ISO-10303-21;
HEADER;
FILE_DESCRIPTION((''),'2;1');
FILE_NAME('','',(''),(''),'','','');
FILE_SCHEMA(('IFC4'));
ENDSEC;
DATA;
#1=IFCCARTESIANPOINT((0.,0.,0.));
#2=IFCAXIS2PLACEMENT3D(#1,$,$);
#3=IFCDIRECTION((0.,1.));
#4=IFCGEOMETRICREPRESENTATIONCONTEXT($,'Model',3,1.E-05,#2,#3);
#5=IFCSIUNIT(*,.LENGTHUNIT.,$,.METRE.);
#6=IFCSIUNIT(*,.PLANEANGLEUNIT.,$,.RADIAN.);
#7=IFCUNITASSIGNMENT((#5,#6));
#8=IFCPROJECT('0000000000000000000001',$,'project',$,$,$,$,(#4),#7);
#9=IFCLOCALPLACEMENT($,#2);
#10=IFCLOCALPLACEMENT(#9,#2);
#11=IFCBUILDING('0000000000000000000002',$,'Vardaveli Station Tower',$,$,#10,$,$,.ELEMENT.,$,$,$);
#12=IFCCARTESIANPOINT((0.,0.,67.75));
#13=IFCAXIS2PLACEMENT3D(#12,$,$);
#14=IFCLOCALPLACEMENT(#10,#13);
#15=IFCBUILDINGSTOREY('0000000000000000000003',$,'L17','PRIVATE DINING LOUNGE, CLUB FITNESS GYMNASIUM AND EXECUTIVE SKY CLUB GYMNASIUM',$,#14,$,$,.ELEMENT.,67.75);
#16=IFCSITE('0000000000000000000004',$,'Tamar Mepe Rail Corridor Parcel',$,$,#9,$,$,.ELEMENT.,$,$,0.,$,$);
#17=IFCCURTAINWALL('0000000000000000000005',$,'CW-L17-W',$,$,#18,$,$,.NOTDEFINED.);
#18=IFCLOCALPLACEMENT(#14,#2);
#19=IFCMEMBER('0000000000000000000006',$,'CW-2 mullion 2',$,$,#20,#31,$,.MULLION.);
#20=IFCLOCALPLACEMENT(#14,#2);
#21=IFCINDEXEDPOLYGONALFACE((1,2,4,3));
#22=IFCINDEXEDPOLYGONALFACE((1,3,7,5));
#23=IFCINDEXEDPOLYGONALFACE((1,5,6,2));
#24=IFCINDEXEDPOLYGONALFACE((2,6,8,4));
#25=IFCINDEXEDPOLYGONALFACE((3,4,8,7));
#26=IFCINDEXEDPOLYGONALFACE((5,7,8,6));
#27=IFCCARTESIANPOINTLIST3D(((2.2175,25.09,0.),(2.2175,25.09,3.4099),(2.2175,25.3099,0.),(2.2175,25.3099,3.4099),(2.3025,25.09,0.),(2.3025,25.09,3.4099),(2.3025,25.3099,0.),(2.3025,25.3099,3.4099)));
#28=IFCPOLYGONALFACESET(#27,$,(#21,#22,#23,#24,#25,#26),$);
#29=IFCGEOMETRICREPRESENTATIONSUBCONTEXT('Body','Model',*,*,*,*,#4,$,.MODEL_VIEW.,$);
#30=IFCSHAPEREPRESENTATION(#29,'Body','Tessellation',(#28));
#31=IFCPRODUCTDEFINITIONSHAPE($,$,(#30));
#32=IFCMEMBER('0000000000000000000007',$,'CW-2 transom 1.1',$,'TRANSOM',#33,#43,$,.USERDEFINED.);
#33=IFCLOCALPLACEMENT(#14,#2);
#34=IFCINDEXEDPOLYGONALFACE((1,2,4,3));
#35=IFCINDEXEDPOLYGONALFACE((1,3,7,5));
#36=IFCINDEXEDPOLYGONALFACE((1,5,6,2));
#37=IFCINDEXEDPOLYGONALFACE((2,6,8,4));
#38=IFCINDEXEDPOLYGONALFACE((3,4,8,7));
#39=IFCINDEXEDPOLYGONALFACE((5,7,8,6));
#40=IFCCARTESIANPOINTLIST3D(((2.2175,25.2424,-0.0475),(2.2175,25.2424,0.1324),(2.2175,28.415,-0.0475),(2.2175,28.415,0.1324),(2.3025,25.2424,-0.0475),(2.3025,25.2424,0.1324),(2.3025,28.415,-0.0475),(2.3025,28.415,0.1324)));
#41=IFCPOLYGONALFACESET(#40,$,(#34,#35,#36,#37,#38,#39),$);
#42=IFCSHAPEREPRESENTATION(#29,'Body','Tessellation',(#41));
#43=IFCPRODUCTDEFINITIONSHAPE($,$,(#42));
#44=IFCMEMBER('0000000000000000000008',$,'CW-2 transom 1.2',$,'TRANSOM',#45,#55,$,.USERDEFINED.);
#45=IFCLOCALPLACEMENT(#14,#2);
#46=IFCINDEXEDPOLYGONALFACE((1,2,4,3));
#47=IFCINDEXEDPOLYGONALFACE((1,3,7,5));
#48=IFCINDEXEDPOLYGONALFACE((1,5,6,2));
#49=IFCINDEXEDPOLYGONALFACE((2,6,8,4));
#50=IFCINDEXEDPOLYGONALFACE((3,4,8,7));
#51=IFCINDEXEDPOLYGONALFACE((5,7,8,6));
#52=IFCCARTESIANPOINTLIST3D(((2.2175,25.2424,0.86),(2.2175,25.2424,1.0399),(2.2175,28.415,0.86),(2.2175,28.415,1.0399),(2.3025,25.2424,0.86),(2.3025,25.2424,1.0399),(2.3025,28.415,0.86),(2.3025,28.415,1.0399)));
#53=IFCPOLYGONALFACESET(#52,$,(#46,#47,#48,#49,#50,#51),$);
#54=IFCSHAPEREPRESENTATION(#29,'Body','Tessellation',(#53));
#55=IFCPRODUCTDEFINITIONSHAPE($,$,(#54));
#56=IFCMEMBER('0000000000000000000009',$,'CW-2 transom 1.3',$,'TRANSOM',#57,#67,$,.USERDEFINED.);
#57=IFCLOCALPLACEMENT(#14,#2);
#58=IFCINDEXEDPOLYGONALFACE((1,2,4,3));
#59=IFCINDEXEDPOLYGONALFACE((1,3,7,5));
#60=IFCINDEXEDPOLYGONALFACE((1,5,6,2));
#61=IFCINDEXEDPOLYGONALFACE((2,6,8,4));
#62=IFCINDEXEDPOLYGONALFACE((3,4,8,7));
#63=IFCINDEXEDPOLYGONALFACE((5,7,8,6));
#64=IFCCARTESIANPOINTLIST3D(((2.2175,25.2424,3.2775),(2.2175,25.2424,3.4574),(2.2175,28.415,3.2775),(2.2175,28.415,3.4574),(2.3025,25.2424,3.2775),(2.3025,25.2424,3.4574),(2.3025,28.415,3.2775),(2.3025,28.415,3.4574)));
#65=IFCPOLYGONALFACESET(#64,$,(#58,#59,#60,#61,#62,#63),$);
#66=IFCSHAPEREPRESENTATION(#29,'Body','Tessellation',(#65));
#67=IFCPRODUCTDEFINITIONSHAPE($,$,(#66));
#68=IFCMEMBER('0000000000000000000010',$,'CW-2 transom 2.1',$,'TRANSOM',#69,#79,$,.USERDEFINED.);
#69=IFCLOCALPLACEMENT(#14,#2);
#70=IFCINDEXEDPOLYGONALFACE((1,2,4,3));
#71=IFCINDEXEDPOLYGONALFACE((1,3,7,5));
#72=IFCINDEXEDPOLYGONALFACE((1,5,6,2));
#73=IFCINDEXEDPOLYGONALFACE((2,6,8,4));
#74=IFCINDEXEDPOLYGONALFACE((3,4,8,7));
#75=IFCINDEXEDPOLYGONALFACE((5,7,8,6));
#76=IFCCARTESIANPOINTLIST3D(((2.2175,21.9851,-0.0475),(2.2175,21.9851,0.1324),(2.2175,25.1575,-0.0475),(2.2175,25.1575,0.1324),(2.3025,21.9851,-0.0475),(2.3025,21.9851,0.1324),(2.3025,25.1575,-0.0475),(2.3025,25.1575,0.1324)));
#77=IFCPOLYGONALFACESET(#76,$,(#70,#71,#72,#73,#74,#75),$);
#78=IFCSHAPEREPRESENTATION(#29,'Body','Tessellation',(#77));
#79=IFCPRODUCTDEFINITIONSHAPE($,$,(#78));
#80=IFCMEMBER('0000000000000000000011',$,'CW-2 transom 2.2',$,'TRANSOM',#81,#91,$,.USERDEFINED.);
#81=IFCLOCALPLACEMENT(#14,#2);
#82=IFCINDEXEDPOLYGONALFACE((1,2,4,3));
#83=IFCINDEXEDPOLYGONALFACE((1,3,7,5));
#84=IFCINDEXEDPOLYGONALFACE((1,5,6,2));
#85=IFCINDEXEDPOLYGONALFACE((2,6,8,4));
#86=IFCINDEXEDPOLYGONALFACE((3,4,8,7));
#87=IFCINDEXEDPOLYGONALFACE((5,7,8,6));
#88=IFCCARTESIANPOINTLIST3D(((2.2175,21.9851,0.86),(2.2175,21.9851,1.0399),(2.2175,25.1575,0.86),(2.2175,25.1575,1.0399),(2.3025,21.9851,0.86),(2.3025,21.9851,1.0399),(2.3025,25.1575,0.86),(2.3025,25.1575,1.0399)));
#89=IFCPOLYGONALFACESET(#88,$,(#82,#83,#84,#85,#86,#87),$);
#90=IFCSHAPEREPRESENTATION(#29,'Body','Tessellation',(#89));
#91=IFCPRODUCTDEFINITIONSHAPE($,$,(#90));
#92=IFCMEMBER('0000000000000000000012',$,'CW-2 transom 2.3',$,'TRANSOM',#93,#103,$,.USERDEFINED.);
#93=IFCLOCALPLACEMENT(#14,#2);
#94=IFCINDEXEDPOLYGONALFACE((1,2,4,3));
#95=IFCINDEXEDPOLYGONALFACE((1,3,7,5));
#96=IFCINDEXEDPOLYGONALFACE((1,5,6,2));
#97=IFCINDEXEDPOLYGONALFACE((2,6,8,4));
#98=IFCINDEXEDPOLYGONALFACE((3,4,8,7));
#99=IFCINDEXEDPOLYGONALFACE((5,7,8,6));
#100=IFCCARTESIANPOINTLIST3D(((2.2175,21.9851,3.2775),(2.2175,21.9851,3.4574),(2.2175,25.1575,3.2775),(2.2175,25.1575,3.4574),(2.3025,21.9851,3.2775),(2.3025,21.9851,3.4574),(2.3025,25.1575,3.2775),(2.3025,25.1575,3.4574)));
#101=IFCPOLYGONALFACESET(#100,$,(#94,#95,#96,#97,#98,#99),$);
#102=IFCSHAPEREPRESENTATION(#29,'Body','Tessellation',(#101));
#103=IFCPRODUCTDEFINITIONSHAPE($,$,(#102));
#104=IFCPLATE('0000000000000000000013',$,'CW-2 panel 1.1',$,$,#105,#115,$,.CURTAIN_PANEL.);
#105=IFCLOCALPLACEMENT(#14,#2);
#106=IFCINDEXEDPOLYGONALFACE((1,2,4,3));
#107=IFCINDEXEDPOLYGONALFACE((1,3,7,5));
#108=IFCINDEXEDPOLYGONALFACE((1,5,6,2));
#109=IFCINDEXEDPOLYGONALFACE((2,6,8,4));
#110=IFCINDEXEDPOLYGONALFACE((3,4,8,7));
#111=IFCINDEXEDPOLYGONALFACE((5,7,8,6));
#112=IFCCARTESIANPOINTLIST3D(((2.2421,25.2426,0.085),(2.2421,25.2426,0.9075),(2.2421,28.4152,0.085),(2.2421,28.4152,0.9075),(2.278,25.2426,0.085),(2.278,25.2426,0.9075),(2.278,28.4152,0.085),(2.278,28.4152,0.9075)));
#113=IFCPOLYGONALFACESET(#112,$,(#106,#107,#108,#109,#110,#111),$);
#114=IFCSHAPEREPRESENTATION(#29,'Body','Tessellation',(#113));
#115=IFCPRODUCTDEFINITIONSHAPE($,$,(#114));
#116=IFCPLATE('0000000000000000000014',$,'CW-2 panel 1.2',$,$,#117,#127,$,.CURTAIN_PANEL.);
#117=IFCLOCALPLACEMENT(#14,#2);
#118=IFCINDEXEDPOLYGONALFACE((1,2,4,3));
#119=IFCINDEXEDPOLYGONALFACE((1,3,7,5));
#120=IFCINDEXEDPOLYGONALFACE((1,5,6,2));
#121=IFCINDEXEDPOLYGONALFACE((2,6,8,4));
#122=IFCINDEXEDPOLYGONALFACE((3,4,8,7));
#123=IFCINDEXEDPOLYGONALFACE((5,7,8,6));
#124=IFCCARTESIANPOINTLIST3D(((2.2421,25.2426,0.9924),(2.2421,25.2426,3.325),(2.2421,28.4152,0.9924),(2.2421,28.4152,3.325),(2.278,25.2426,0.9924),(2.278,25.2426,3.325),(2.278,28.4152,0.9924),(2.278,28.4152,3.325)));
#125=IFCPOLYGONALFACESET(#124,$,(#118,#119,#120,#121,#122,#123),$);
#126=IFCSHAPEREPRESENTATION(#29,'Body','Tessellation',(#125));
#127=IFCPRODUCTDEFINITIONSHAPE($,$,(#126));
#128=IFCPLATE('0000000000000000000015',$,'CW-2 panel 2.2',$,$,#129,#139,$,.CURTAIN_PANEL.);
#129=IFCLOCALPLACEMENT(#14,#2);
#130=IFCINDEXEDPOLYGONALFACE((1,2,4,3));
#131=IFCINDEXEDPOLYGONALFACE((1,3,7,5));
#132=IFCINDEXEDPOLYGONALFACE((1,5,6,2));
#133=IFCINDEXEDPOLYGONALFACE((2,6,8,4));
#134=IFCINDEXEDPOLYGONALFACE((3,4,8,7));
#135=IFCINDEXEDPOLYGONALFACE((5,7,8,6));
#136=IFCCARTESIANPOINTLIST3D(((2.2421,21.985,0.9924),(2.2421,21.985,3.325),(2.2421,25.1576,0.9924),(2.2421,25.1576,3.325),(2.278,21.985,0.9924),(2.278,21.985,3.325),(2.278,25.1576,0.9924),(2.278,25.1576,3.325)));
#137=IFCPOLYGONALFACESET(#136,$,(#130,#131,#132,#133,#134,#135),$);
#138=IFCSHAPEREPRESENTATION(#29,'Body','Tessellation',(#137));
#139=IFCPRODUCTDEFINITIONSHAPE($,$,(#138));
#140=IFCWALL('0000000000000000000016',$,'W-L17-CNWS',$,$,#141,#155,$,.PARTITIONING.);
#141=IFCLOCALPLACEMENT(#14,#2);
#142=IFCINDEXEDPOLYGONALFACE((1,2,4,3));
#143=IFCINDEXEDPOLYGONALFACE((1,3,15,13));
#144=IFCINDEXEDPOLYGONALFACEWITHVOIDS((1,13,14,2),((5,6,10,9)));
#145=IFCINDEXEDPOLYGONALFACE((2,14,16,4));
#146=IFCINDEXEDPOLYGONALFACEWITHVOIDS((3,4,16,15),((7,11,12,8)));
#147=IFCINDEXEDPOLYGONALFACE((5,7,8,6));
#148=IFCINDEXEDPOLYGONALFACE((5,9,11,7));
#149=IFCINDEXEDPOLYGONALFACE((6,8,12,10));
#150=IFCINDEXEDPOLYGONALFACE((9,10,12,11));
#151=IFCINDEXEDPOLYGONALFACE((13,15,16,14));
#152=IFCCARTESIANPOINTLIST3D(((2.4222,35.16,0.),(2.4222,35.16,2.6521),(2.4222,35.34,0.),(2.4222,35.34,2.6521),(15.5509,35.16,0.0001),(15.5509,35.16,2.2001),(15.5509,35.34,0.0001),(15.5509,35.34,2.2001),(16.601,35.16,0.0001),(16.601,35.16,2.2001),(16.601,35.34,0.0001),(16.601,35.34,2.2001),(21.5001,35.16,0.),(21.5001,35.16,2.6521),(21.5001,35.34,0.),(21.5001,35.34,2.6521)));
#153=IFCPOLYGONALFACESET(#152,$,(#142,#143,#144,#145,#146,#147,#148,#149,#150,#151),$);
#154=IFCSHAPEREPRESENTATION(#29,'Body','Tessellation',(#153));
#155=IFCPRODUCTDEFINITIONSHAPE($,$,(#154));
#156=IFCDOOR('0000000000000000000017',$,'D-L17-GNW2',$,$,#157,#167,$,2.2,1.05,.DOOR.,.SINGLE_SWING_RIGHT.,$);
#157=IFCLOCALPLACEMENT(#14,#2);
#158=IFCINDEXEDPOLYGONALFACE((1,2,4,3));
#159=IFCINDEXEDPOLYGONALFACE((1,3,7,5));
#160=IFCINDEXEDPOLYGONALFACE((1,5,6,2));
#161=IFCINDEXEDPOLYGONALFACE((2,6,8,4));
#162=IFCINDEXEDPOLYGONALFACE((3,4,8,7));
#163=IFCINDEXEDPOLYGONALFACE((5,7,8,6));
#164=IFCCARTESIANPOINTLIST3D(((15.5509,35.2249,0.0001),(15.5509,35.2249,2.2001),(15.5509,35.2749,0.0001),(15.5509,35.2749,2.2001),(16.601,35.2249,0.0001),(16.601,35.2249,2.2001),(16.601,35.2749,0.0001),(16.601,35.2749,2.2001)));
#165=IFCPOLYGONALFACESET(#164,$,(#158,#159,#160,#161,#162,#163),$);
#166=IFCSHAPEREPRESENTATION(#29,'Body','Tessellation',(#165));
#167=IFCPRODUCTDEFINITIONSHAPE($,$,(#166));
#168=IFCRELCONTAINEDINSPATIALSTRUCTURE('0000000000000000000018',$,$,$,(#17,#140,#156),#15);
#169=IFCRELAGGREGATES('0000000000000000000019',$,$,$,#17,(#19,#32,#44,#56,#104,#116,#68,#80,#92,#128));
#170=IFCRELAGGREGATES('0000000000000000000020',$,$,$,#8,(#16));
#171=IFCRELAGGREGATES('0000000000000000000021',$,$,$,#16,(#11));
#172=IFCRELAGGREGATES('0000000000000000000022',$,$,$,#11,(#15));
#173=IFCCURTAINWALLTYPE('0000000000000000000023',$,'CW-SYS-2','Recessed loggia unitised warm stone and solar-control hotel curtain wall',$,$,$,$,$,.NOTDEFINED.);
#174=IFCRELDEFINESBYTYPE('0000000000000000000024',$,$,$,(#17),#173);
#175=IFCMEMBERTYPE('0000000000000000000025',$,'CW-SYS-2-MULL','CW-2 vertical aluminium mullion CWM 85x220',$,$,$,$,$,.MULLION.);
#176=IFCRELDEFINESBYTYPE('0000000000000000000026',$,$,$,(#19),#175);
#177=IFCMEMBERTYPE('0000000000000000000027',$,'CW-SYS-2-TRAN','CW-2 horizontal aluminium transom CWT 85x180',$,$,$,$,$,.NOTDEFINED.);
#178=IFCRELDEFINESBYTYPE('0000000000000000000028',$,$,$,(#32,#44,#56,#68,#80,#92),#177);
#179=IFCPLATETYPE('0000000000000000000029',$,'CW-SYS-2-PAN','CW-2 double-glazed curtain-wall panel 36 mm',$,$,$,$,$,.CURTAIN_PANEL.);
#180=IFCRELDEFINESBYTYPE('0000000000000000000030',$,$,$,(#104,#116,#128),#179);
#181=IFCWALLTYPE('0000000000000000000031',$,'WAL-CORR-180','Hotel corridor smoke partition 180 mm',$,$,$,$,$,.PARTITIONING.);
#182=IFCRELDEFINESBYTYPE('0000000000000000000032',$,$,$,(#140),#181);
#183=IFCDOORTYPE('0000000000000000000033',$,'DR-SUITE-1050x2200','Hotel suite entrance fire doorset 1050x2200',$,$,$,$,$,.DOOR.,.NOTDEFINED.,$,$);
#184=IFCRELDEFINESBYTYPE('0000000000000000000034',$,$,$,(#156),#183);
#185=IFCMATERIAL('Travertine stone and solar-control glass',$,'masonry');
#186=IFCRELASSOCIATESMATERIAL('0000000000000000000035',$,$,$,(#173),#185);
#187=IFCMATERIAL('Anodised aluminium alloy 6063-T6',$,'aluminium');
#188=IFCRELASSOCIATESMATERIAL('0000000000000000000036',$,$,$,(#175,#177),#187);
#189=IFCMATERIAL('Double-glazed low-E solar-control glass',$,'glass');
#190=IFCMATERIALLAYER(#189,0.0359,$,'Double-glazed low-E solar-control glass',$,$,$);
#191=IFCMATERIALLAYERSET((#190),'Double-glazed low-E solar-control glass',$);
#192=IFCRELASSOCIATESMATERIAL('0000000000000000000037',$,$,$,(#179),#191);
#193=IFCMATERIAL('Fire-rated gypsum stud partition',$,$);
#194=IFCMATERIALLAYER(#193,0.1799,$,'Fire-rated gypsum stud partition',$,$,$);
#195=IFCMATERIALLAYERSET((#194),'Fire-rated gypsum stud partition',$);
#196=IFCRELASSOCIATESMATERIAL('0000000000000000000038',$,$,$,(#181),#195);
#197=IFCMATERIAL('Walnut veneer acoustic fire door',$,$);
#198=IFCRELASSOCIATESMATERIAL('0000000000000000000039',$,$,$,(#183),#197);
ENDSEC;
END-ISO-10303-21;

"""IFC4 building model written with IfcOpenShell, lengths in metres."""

from ifc_helpers import new_model, si_unit, direction, frame, frame_2d, origin, origin_2d, place, context, subcontext, project, spatial, rectangle, extrude, source, transform, mapped, material, layer, layer_set, material_profile, profile_set, type_object, element, fill, aggregate, save


model = new_model("IFC4")

# Units and contexts
model_context = context("Model", 3, precision=1e-05, world=origin(), true_north=direction((0.0, 1.0)))
body_context = subcontext(model_context, "Body", "Model", "MODEL_VIEW")
ifc_project = project(units=[si_unit("LENGTHUNIT", "METRE"), si_unit("PLANEANGLEUNIT", "RADIAN")], contexts=[model_context])

# Site, building, storey
site_placement = place(None, origin())
site = spatial("IfcSite", under=ifc_project, at=site_placement, Name="Tamar Mepe Rail Corridor Parcel", CompositionType="ELEMENT", RefElevation=0.0)
building_placement = place(site_placement, origin())
building = spatial("IfcBuilding", under=site, at=building_placement, Name="Vardaveli Station Tower", CompositionType="ELEMENT")
storey_placement = place(building_placement, frame((0.0, 0.0, 67.75)))
storey = spatial("IfcBuildingStorey", under=building, at=storey_placement, Name="L17", Description="PRIVATE DINING LOUNGE, CLUB FITNESS GYMNASIUM AND EXECUTIVE SKY CLUB GYMNASIUM", CompositionType="ELEMENT", Elevation=67.75)

# Curtain wall, members, plates
ifc_material_1 = material(Name="Travertine stone and solar-control glass", Category="masonry")
curtain_wall_type = type_object("IfcCurtainWallType", Name="CW-SYS-2", Description="Recessed loggia unitised warm stone and solar-control hotel curtain wall", PredefinedType="NOTDEFINED", material=ifc_material_1)
curtain_wall_placement = place(storey_placement, origin())
curtain_wall = element("IfcCurtainWall", 1, at=curtain_wall_placement, inside=storey, type_object=curtain_wall_type, Name="CW-L17-W", PredefinedType="NOTDEFINED")
ifc_material_2 = material(Name="Anodised aluminium alloy 6063-T6", Category="aluminium")
ifc_material_profile_1 = material_profile(ifc_material_2, rectangle(XDim=0.085, YDim=0.22, at=origin_2d()), Name="CWM 85x220")
ifc_profile_set_1 = profile_set([ifc_material_profile_1], Name="Anodised aluminium alloy 6063-T6")
member_type_1 = type_object("IfcMemberType", Name="CW-SYS-2-MULL", Description="CW-2 vertical aluminium mullion CWM 85x220", PredefinedType="MULLION", material=ifc_profile_set_1)
shared_shape_1 = source(origin(), body_context, "Body", "SweptSolid", [
    extrude(rectangle(XDim=0.085, YDim=0.22, at=origin_2d()), origin(), (0.0, 0.0, 1.0), 3.4099),
])
member_1_placement = place(storey_placement, frame((2.26, 25.2, 0.0), z_axis=(0.0, 0.0, 1.0), x_axis=(1.0, 0.0, 0.0)))
member_1 = element("IfcMember", 2, at=member_1_placement, type_object=member_type_1, Name="CW-2 mullion 2", PredefinedType="MULLION", context=body_context, shape_type="MappedRepresentation", body=[
    mapped(shared_shape_1, transform((0.0, 0.0, 0.0), scale=1.0)),
])
ifc_material_profile_2 = material_profile(ifc_material_2, rectangle(XDim=0.085, YDim=0.1799, at=origin_2d()), Name="CWT 85x180")
ifc_profile_set_2 = profile_set([ifc_material_profile_2], Name="Anodised aluminium alloy 6063-T6")
member_type_2 = type_object("IfcMemberType", Name="CW-SYS-2-TRAN", Description="CW-2 horizontal aluminium transom CWT 85x180", PredefinedType="NOTDEFINED", material=ifc_profile_set_2)
shared_shape_2 = source(origin(), body_context, "Body", "SweptSolid", [
    extrude(rectangle(XDim=0.085, YDim=0.1799, at=origin_2d()), origin(), (0.0, 0.0, 1.0), 3.1726),
])
member_2_placement = place(storey_placement, frame((2.26, 28.415, 0.0425), z_axis=(0.0, -1.0, 0.0), x_axis=(1.0, 0.0, 0.0)))
member_2 = element("IfcMember", 3, at=member_2_placement, type_object=member_type_2, Name="CW-2 transom 1.1", ObjectType="TRANSOM", PredefinedType="USERDEFINED", context=body_context, shape_type="MappedRepresentation", body=[
    mapped(shared_shape_2, transform((0.0, 0.0, 0.0), scale=1.0)),
])
member_3_placement = place(storey_placement, frame((2.26, 28.415, 0.95), z_axis=(0.0, -1.0, 0.0), x_axis=(1.0, 0.0, 0.0)))
member_3 = element("IfcMember", 4, at=member_3_placement, type_object=member_type_2, Name="CW-2 transom 1.2", ObjectType="TRANSOM", PredefinedType="USERDEFINED", context=body_context, shape_type="MappedRepresentation", body=[
    mapped(shared_shape_2, transform((0.0, 0.0, 0.0), scale=1.0)),
])
member_4_placement = place(storey_placement, frame((2.26, 28.415, 3.3674), z_axis=(0.0, -1.0, 0.0), x_axis=(1.0, 0.0, 0.0)))
member_4 = element("IfcMember", 5, at=member_4_placement, type_object=member_type_2, Name="CW-2 transom 1.3", ObjectType="TRANSOM", PredefinedType="USERDEFINED", context=body_context, shape_type="MappedRepresentation", body=[
    mapped(shared_shape_2, transform((0.0, 0.0, 0.0), scale=1.0)),
])
shared_shape_3 = source(origin(), body_context, "Body", "SweptSolid", [
    extrude(rectangle(XDim=0.085, YDim=0.1799, at=origin_2d()), origin(), (0.0, 0.0, 1.0), 3.1724),
])
member_5_placement = place(storey_placement, frame((2.26, 25.1575, 0.0425), z_axis=(0.0, -1.0, 0.0), x_axis=(1.0, 0.0, 0.0)))
member_5 = element("IfcMember", 6, at=member_5_placement, type_object=member_type_2, Name="CW-2 transom 2.1", ObjectType="TRANSOM", PredefinedType="USERDEFINED", context=body_context, shape_type="MappedRepresentation", body=[
    mapped(shared_shape_3, transform((0.0, 0.0, 0.0), scale=1.0)),
])
member_6_placement = place(storey_placement, frame((2.26, 25.1575, 0.95), z_axis=(0.0, -1.0, 0.0), x_axis=(1.0, 0.0, 0.0)))
member_6 = element("IfcMember", 7, at=member_6_placement, type_object=member_type_2, Name="CW-2 transom 2.2", ObjectType="TRANSOM", PredefinedType="USERDEFINED", context=body_context, shape_type="MappedRepresentation", body=[
    mapped(shared_shape_3, transform((0.0, 0.0, 0.0), scale=1.0)),
])
member_7_placement = place(storey_placement, frame((2.26, 25.1575, 3.3674), z_axis=(0.0, -1.0, 0.0), x_axis=(1.0, 0.0, 0.0)))
member_7 = element("IfcMember", 8, at=member_7_placement, type_object=member_type_2, Name="CW-2 transom 2.3", ObjectType="TRANSOM", PredefinedType="USERDEFINED", context=body_context, shape_type="MappedRepresentation", body=[
    mapped(shared_shape_3, transform((0.0, 0.0, 0.0), scale=1.0)),
])
ifc_material_3 = material(Name="Double-glazed low-E solar-control glass", Category="glass")
ifc_layer_1 = layer(ifc_material_3, 0.0359, Name="Double-glazed low-E solar-control glass")
ifc_layer_set_1 = layer_set([ifc_layer_1], Name="Double-glazed low-E solar-control glass")
plate_type = type_object("IfcPlateType", Name="CW-SYS-2-PAN", Description="CW-2 double-glazed curtain-wall panel 36 mm", PredefinedType="CURTAIN_PANEL", material=ifc_layer_set_1)
shared_shape_4 = source(origin(), body_context, "Body", "SweptSolid", [
    extrude(rectangle(XDim=3.1726, YDim=0.0359, at=origin_2d()), origin(), (0.0, 0.0, 1.0), 0.8225),
])
plate_1_placement = place(storey_placement, frame((2.26, 26.8289, 0.085), z_axis=(0.0, 0.0, 1.0), x_axis=(0.0, -1.0, 0.0)))
plate_1 = element("IfcPlate", 9, at=plate_1_placement, type_object=plate_type, Name="CW-2 panel 1.1", PredefinedType="CURTAIN_PANEL", context=body_context, shape_type="MappedRepresentation", body=[
    mapped(shared_shape_4, transform((0.0, 0.0, 0.0), scale=1.0)),
])
shared_shape_5 = source(origin(), body_context, "Body", "SweptSolid", [
    extrude(rectangle(XDim=3.1726, YDim=0.0359, at=origin_2d()), origin(), (0.0, 0.0, 1.0), 2.3325),
])
plate_2_placement = place(storey_placement, frame((2.26, 26.8289, 0.9924), z_axis=(0.0, 0.0, 1.0), x_axis=(0.0, -1.0, 0.0)))
plate_2 = element("IfcPlate", 10, at=plate_2_placement, type_object=plate_type, Name="CW-2 panel 1.2", PredefinedType="CURTAIN_PANEL", context=body_context, shape_type="MappedRepresentation", body=[
    mapped(shared_shape_5, transform((0.0, 0.0, 0.0), scale=1.0)),
])
plate_3_placement = place(storey_placement, frame((2.26, 23.5713, 0.9924), z_axis=(0.0, 0.0, 1.0), x_axis=(0.0, -1.0, 0.0)))
plate_3 = element("IfcPlate", 11, at=plate_3_placement, type_object=plate_type, Name="CW-2 panel 2.2", PredefinedType="CURTAIN_PANEL", context=body_context, shape_type="MappedRepresentation", body=[
    mapped(shared_shape_5, transform((0.0, 0.0, 0.0), scale=1.0)),
])
aggregate(curtain_wall, [member_1, member_2, member_3, member_4, plate_1, plate_2, member_5, member_6, member_7, plate_3])

# Wall, opening, door
ifc_material_4 = material(Name="Fire-rated gypsum stud partition")
ifc_layer_2 = layer(ifc_material_4, 0.1799, Name="Fire-rated gypsum stud partition")
ifc_layer_set_2 = layer_set([ifc_layer_2], Name="Fire-rated gypsum stud partition")
wall_type_1 = type_object("IfcWallType", Name="WAL-CORR-180", Description="Hotel corridor smoke partition 180 mm", PredefinedType="PARTITIONING", material=ifc_layer_set_2)
shared_shape_6 = source(origin(), body_context, "Body", "SweptSolid", [
    extrude(rectangle(XDim=19.0779, YDim=0.1799, at=frame_2d((9.5391, 0.0))), origin(), (0.0, 0.0, 1.0), 2.6521),
])
wall_1_placement = place(storey_placement, frame((2.4221, 35.25, 0.0), z_axis=(0.0, 0.0, 1.0), x_axis=(1.0, 0.0, 0.0)))
wall_1 = element("IfcWall", 12, at=wall_1_placement, inside=storey, type_object=wall_type_1, Name="W-L17-CNWS", PredefinedType="PARTITIONING", context=body_context, shape_type="MappedRepresentation", body=[
    mapped(shared_shape_6, transform((0.0, 0.0, 0.0), scale=1.0)),
])
shared_shape_7 = source(origin(), body_context, "Body", "SweptSolid", [
    extrude(rectangle(XDim=1.05, YDim=2.2, at=frame_2d((0.5249, 1.1001))), frame((0.0, 0.1001, 0.0), z_axis=(0.0, -1.0, 0.0), x_axis=(1.0, 0.0, 0.0)), (0.0, 0.0, 1.0), 0.2),
])
opening_1_placement = place(wall_1_placement, frame((13.1289, 0.0, 0.0)))
opening_1 = element("IfcOpeningElement", 13, at=opening_1_placement, cuts=wall_1, PredefinedType="OPENING", context=body_context, shape_type="MappedRepresentation", body=[
    mapped(shared_shape_7, transform((0.0, 0.0, 0.0), scale=1.0)),
])
ifc_material_5 = material(Name="Walnut veneer acoustic fire door")
door_type_1 = type_object("IfcDoorType", Name="DR-SUITE-1050x2200", Description="Hotel suite entrance fire doorset 1050x2200", OperationType="NOTDEFINED", PredefinedType="DOOR", material=ifc_material_5)
shared_shape_8 = source(origin(), body_context, "Body", "SweptSolid", [
    extrude(rectangle(XDim=1.05, YDim=2.2, at=frame_2d((0.5249, 1.1001))), frame((0.0, 0.0249, 0.0), z_axis=(0.0, -1.0, 0.0), x_axis=(1.0, 0.0, 0.0)), (0.0, 0.0, 1.0), 0.05),
])
door_1_placement = place(opening_1_placement, origin())
door_1 = element("IfcDoor", 14, at=door_1_placement, inside=storey, type_object=door_type_1, Name="D-L17-GNW2", OperationType="SINGLE_SWING_RIGHT", OverallHeight=2.2, OverallWidth=1.05, PredefinedType="DOOR", context=body_context, shape_type="MappedRepresentation", body=[
    mapped(shared_shape_8, transform((0.0, 0.0, 0.0), scale=1.0)),
])
fill(opening_1, door_1)

save(model, "model.ifc")
